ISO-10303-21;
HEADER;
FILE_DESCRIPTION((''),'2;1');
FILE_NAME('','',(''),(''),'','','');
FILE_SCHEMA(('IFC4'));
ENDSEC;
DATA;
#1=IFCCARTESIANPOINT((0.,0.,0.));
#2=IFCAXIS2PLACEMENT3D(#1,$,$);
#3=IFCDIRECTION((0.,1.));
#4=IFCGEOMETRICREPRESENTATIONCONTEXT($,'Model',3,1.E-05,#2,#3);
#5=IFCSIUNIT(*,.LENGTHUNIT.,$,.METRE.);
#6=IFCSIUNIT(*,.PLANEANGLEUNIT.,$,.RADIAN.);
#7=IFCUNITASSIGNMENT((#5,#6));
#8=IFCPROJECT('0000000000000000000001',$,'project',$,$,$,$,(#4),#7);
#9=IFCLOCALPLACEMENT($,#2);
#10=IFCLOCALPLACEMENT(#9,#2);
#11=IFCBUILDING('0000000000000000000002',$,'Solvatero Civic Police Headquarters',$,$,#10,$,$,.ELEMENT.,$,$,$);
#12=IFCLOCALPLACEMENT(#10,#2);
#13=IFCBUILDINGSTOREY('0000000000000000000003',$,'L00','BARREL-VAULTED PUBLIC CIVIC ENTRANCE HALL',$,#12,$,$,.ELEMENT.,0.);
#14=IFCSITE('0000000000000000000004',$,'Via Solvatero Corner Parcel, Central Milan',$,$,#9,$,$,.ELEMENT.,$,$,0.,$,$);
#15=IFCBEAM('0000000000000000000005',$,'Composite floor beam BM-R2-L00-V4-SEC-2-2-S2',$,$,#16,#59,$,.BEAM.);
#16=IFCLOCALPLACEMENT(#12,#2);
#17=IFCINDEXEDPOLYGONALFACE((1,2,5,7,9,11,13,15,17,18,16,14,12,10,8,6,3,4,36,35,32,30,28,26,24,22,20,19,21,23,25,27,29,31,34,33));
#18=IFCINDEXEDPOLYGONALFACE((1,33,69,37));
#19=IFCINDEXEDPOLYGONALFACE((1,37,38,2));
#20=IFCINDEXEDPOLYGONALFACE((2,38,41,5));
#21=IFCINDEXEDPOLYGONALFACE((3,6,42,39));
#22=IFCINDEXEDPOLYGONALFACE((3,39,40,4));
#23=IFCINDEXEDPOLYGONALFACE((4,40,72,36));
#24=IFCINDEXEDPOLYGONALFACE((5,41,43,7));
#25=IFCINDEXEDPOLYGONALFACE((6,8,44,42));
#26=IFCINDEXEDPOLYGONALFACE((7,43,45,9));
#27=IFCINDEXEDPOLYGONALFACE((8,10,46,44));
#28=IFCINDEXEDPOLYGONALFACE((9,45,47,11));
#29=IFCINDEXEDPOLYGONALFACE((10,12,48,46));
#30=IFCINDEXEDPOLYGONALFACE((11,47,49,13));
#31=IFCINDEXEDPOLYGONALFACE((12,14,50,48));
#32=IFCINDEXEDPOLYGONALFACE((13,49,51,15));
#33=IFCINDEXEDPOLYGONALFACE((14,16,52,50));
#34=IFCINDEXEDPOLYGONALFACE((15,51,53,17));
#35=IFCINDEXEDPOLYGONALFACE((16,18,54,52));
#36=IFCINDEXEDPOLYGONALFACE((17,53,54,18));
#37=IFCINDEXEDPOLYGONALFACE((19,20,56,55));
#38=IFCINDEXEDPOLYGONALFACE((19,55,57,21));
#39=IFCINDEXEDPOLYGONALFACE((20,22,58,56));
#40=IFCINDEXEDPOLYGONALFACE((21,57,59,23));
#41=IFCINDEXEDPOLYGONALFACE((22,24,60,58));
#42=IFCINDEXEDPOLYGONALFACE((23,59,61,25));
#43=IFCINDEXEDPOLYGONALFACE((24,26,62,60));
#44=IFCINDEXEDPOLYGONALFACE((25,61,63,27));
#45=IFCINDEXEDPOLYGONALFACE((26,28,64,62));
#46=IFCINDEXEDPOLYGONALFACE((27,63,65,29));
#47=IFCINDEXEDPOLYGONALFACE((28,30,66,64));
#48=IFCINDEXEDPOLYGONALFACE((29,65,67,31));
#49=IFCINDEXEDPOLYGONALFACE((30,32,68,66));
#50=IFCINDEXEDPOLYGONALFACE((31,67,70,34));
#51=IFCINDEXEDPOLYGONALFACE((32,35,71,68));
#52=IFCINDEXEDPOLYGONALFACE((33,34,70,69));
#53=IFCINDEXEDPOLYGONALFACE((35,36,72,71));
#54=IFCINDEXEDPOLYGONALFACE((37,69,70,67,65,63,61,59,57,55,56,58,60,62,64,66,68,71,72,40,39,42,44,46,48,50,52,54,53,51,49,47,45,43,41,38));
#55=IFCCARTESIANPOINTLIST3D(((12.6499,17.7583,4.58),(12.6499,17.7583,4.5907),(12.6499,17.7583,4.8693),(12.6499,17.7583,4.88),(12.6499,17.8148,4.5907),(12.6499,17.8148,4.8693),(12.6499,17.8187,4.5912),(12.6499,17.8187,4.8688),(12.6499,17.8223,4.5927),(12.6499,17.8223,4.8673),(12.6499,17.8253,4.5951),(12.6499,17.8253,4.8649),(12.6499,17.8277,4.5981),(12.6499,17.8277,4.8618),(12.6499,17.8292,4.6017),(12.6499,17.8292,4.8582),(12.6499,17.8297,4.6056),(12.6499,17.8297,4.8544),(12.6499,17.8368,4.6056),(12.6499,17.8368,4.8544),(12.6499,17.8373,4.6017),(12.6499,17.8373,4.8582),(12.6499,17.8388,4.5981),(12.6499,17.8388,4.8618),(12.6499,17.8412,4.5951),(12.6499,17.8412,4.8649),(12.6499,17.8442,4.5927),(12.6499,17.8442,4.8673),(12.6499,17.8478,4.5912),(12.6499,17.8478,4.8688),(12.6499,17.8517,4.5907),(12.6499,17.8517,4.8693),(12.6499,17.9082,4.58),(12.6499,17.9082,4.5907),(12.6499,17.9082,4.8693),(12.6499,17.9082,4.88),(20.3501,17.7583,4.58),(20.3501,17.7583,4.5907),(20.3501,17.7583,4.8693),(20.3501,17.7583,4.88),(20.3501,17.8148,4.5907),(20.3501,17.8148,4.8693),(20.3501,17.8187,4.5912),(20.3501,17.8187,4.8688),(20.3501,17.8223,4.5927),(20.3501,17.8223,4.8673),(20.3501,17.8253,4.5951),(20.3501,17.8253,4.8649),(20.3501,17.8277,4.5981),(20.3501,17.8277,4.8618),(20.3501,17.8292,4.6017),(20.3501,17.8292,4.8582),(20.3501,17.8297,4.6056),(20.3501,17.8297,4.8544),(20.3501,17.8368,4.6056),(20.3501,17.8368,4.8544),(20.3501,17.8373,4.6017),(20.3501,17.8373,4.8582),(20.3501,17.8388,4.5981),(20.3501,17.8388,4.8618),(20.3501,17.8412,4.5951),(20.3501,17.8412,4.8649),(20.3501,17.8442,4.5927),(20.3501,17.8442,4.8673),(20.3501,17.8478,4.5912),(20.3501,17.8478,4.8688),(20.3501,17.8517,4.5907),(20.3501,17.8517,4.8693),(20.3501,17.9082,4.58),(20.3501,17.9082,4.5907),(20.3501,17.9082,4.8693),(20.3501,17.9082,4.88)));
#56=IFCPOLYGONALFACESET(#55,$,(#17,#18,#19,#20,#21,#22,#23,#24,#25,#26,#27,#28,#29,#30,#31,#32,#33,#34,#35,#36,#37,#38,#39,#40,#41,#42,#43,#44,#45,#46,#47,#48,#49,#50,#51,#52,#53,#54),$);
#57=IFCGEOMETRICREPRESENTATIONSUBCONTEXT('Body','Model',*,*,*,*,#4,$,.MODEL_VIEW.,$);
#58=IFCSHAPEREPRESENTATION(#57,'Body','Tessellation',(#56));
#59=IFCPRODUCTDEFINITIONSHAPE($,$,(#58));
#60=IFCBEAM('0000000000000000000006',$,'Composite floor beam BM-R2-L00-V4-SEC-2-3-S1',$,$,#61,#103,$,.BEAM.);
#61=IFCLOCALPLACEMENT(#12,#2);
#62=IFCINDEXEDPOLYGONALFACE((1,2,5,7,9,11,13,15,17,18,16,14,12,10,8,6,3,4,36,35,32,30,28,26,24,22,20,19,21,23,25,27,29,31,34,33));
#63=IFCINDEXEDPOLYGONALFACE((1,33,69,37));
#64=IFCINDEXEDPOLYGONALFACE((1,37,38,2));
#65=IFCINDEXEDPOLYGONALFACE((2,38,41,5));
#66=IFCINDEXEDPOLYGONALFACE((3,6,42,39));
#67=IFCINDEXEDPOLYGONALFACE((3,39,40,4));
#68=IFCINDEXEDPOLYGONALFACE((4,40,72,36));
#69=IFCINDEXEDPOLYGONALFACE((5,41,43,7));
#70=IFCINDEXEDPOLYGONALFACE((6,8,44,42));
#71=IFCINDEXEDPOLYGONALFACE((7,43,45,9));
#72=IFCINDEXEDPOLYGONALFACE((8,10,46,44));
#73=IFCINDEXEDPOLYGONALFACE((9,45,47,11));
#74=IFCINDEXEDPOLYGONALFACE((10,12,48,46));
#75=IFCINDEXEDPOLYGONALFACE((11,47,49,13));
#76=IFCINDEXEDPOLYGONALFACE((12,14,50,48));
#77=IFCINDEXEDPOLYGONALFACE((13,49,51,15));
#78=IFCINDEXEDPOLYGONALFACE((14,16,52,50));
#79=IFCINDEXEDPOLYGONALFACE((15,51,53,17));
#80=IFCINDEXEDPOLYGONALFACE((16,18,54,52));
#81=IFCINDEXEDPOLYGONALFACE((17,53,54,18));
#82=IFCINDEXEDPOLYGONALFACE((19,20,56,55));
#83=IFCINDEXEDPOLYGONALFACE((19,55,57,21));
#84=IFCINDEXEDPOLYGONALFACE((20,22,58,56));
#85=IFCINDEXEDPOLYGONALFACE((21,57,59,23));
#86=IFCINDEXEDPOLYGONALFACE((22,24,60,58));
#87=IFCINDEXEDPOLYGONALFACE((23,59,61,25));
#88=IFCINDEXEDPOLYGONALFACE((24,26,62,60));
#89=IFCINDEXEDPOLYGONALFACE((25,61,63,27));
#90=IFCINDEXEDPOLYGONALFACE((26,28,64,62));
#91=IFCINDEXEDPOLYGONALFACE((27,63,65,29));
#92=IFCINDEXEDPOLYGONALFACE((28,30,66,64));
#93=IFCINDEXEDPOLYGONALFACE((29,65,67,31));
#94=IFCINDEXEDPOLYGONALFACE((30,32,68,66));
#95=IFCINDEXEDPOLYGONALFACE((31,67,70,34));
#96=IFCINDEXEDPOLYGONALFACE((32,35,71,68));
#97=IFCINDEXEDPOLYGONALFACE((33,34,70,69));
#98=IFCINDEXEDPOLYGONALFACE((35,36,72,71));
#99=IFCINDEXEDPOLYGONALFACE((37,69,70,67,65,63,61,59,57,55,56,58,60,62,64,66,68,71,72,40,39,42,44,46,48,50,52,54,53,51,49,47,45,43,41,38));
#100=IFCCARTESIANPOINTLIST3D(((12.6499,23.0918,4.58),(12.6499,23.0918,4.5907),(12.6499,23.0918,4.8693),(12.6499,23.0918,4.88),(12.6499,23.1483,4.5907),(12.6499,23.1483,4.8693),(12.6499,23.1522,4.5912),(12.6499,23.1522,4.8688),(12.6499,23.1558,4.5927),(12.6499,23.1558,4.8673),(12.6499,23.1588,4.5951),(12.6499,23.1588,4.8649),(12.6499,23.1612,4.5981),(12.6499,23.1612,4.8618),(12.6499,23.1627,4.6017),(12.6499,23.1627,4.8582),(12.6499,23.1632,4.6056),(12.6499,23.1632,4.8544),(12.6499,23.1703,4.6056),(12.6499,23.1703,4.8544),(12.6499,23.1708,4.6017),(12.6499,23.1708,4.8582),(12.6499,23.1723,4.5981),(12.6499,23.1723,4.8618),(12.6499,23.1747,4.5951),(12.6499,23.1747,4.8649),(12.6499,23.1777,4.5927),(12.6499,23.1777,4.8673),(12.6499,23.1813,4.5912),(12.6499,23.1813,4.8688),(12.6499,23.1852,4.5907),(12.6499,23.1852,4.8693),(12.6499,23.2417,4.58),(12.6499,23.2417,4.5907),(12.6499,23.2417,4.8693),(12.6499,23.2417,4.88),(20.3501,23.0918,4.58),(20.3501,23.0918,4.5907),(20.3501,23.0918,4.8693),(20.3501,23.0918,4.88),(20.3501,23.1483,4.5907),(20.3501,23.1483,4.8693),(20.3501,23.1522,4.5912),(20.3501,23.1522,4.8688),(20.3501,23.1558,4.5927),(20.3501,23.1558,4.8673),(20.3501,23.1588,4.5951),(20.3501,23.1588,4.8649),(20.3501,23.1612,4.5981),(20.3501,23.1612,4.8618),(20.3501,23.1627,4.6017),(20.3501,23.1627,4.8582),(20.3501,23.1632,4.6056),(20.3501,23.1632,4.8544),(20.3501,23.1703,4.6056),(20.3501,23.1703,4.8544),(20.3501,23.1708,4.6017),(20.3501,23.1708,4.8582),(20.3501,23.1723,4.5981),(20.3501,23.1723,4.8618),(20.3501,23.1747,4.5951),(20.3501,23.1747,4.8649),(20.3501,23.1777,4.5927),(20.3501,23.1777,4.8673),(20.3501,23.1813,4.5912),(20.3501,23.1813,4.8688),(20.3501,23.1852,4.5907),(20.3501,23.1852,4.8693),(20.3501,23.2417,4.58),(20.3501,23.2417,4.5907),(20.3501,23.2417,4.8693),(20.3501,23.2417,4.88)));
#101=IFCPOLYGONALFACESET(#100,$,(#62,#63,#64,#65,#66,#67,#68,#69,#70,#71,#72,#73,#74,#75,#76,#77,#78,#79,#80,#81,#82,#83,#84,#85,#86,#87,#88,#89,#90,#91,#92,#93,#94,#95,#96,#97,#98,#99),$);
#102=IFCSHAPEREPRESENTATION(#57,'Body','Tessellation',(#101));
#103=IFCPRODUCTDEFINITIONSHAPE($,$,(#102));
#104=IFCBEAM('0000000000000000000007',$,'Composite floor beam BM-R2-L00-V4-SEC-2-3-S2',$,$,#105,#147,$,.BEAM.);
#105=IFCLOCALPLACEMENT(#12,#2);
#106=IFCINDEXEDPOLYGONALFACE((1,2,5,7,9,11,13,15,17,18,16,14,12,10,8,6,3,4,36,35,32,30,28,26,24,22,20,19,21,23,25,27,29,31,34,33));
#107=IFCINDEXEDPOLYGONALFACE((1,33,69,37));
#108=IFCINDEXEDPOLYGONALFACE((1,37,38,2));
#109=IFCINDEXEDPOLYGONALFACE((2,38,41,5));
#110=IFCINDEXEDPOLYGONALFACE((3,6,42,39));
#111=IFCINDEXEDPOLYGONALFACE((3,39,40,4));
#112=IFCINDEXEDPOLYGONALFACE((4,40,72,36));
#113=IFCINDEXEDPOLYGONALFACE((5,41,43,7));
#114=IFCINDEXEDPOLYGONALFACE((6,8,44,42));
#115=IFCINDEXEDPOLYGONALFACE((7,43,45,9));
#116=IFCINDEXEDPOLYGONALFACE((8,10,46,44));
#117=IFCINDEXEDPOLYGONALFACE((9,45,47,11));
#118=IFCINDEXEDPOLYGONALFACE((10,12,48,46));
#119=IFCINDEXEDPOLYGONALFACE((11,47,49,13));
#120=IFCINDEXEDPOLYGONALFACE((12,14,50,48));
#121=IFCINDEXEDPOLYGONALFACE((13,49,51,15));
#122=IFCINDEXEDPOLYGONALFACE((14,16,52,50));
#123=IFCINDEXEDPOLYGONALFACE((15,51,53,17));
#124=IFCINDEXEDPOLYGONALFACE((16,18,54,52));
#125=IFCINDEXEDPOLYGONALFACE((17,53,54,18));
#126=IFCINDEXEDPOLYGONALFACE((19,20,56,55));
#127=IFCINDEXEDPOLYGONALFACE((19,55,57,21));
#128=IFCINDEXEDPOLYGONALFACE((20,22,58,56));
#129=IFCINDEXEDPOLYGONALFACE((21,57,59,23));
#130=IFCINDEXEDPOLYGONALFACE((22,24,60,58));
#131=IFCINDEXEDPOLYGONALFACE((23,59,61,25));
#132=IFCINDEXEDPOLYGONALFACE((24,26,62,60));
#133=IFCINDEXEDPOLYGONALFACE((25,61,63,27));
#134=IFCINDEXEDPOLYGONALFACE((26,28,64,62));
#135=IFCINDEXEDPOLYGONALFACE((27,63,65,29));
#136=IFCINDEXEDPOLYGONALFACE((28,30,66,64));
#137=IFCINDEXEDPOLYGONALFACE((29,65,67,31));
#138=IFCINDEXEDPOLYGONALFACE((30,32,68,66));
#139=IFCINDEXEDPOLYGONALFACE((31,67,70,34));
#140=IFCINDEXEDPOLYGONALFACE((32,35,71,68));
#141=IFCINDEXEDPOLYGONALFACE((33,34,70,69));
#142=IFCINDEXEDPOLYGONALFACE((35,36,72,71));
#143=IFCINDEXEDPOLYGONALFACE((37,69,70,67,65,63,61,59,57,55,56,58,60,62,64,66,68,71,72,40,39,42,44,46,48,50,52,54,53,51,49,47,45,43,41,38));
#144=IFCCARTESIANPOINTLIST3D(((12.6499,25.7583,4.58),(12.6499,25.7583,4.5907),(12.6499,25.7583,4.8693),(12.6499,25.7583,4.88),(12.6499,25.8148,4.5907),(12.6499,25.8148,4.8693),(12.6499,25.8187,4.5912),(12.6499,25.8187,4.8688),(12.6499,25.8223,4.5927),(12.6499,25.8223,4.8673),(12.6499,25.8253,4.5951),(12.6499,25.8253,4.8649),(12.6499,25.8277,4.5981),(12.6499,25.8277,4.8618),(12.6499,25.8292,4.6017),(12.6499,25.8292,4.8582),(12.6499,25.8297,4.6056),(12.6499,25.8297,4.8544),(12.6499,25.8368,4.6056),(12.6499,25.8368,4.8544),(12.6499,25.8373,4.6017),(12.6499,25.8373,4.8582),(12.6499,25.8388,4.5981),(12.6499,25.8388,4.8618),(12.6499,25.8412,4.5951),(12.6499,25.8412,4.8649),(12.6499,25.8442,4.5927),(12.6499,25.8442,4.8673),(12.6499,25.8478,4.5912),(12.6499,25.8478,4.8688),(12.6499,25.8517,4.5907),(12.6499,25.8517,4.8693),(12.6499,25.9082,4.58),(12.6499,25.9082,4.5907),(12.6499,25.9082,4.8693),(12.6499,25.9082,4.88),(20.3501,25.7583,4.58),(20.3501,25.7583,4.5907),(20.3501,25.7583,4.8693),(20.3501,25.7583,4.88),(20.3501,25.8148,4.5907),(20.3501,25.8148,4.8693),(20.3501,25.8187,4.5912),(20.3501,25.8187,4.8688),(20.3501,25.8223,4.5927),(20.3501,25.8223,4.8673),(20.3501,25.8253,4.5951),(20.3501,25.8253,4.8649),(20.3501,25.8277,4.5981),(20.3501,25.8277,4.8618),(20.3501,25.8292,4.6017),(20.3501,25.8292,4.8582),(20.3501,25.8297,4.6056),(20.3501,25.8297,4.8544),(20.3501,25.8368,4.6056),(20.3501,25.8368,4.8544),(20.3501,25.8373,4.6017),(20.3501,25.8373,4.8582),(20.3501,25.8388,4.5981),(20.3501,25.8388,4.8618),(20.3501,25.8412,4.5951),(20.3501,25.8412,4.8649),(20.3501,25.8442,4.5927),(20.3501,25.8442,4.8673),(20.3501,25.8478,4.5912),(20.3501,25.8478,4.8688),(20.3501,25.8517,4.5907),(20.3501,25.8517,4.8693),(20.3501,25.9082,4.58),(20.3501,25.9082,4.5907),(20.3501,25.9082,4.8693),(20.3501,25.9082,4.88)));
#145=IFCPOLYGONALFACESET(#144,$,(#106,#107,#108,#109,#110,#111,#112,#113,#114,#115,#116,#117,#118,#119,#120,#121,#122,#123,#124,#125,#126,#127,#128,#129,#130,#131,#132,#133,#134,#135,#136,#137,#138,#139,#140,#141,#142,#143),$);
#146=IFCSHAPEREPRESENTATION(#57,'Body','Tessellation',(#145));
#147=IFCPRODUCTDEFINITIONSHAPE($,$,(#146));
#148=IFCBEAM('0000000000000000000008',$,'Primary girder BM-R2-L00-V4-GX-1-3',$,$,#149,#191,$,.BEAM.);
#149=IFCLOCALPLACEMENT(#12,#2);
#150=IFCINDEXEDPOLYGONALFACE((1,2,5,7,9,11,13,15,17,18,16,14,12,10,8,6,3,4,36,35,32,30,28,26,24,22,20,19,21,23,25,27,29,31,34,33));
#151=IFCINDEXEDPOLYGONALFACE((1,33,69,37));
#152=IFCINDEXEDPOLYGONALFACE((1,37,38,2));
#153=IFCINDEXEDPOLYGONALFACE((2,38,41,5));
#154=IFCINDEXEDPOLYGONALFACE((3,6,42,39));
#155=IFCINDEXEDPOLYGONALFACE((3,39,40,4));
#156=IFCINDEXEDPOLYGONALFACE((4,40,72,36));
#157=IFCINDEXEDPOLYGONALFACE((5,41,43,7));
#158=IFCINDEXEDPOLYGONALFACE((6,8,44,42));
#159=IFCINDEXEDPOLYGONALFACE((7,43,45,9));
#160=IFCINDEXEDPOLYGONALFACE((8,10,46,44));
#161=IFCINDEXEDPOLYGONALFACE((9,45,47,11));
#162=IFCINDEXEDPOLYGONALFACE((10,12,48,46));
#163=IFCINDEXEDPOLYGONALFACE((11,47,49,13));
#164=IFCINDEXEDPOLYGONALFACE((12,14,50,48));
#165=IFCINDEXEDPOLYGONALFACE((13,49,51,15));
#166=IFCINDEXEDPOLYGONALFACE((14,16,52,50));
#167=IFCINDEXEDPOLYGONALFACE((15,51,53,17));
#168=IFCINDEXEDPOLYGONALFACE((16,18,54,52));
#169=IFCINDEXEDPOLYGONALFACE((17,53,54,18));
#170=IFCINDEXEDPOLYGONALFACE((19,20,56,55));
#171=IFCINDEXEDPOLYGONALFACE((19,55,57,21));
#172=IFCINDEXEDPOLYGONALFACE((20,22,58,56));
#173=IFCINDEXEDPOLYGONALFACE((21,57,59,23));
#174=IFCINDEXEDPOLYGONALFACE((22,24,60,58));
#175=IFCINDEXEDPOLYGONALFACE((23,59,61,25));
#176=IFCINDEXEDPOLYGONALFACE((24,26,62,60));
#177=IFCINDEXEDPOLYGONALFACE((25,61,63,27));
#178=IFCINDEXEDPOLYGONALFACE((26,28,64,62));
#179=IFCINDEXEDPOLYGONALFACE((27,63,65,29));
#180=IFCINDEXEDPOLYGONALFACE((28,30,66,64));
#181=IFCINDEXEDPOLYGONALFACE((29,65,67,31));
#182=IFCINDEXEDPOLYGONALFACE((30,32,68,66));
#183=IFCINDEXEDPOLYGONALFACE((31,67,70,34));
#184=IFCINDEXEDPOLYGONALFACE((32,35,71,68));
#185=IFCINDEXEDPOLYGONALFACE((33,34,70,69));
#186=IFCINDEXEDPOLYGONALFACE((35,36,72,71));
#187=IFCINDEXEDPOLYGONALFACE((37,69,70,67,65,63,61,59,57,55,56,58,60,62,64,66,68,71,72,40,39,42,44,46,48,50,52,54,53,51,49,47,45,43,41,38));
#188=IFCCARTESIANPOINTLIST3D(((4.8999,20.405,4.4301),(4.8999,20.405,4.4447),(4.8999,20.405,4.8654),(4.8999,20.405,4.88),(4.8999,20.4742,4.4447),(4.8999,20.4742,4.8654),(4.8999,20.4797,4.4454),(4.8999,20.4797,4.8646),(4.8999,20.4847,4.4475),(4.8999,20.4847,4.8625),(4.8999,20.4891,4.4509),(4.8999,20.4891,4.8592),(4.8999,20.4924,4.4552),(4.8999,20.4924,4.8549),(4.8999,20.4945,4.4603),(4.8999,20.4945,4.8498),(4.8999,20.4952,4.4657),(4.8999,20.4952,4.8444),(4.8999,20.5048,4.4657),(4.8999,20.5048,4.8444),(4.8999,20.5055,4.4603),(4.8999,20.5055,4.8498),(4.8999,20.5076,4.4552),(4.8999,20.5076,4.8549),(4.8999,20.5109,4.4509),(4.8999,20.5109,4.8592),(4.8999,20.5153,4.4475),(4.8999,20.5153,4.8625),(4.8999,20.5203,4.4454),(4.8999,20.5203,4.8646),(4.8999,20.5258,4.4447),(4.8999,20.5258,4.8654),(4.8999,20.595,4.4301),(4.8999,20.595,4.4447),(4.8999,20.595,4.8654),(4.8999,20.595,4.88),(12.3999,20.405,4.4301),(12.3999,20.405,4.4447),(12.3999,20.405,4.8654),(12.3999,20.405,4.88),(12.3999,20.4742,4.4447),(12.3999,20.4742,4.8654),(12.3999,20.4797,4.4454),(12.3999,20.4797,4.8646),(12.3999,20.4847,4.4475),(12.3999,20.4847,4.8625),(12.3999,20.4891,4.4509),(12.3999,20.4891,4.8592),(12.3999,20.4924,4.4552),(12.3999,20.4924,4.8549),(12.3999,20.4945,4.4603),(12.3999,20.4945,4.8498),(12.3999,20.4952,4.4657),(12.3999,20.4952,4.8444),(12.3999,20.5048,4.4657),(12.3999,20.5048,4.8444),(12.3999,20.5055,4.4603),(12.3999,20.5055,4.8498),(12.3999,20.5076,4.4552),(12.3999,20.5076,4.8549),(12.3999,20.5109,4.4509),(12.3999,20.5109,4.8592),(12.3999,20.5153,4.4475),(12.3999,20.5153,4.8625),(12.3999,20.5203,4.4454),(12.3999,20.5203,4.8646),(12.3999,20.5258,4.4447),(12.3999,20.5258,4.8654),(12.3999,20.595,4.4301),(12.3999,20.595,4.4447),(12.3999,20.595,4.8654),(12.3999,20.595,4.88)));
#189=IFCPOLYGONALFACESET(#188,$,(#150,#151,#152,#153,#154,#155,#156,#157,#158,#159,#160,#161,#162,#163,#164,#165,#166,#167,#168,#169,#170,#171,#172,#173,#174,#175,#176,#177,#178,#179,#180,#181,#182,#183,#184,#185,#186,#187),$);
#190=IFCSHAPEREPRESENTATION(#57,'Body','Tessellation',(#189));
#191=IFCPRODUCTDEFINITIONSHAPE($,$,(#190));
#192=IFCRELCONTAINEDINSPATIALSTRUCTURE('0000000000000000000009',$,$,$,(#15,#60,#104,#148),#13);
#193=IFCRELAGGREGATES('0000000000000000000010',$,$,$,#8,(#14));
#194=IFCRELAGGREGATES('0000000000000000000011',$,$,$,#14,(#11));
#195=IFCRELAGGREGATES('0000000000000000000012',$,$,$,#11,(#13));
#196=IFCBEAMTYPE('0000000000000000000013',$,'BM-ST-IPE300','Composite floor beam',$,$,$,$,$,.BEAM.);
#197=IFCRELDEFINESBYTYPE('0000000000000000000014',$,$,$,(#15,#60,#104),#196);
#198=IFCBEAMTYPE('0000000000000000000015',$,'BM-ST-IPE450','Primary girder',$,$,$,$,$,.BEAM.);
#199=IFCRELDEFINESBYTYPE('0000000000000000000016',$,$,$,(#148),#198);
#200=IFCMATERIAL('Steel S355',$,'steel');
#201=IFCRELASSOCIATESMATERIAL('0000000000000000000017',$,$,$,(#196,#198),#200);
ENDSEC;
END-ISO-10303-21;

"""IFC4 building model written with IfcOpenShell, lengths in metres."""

from ifc_helpers import new_model, si_unit, direction, frame, origin, origin_2d, place, context, subcontext, project, spatial, i_section, extrude, material, material_profile, profile_set, type_object, element, save


model = new_model("IFC4")

# Units and contexts
model_context = context("Model", 3, precision=1e-05, world=origin(), true_north=direction((0.0, 1.0)))
body_context = subcontext(model_context, "Body", "Model", "MODEL_VIEW")
ifc_project = project(units=[si_unit("LENGTHUNIT", "METRE"), si_unit("PLANEANGLEUNIT", "RADIAN")], contexts=[model_context])

# Site, building, storey
site_placement = place(None, origin())
site = spatial("IfcSite", under=ifc_project, at=site_placement, Name="Via Solvatero Corner Parcel, Central Milan", CompositionType="ELEMENT", RefElevation=0.0)
building_placement = place(site_placement, origin())
building = spatial("IfcBuilding", under=site, at=building_placement, Name="Solvatero Civic Police Headquarters", CompositionType="ELEMENT")
storey_placement = place(building_placement, origin())
storey = spatial("IfcBuildingStorey", under=building, at=storey_placement, Name="L00", Description="BARREL-VAULTED PUBLIC CIVIC ENTRANCE HALL", CompositionType="ELEMENT", Elevation=0.0)

# Beams
ifc_material_1 = material(Name="Steel S355", Category="steel")
ifc_material_profile_1 = material_profile(ifc_material_1, i_section(OverallWidth=0.1499, OverallDepth=0.3, WebThickness=0.0071, FlangeThickness=0.0107, FilletRadius=0.0149, at=origin_2d()), Name="IPE 300")
ifc_profile_set_1 = profile_set([ifc_material_profile_1], Name="Steel S355")
beam_type_1 = type_object("IfcBeamType", Name="BM-ST-IPE300", Description="Composite floor beam", PredefinedType="BEAM", material=ifc_profile_set_1)
for number, where, z_axis, x_axis, name in (
    (1, (12.6499, 17.8333, 4.73), (1.0, 0.0, 0.0), (0.0, 1.0, 0.0), "Composite floor beam BM-R2-L00-V4-SEC-2-2-S2"),
    (2, (12.6499, 23.1667, 4.73), (1.0, 0.0, 0.0), (0.0, 1.0, 0.0), "Composite floor beam BM-R2-L00-V4-SEC-2-3-S1"),
    (3, (12.6499, 25.8333, 4.73), (1.0, 0.0, 0.0), (0.0, 1.0, 0.0), "Composite floor beam BM-R2-L00-V4-SEC-2-3-S2"),
):
    element("IfcBeam", number, at=place(storey_placement, frame(where, z_axis=z_axis, x_axis=x_axis)), inside=storey, type_object=beam_type_1, Name=name, PredefinedType="BEAM", context=body_context, shape_type="SweptSolid", body=[
        extrude(i_section(OverallWidth=0.1499, OverallDepth=0.3, WebThickness=0.0071, FlangeThickness=0.0107, FilletRadius=0.0149, at=origin_2d()), origin(), (0.0, 0.0, 1.0), 7.7002),
    ])
ifc_material_profile_2 = material_profile(ifc_material_1, i_section(OverallWidth=0.1899, OverallDepth=0.45, WebThickness=0.0095, FlangeThickness=0.0146, FilletRadius=0.021, at=origin_2d()), Name="IPE 450")
ifc_profile_set_2 = profile_set([ifc_material_profile_2], Name="Steel S355")
beam_type_2 = type_object("IfcBeamType", Name="BM-ST-IPE450", Description="Primary girder", PredefinedType="BEAM", material=ifc_profile_set_2)
beam_1_placement = place(storey_placement, frame((4.8999, 20.5, 4.655), z_axis=(1.0, 0.0, 0.0), x_axis=(0.0, 1.0, 0.0)))
element("IfcBeam", 4, at=beam_1_placement, inside=storey, type_object=beam_type_2, Name="Primary girder BM-R2-L00-V4-GX-1-3", PredefinedType="BEAM", context=body_context, shape_type="SweptSolid", body=[
    extrude(i_section(OverallWidth=0.1899, OverallDepth=0.45, WebThickness=0.0095, FlangeThickness=0.0146, FilletRadius=0.021, at=origin_2d()), origin(), (0.0, 0.0, 1.0), 7.5),
])

save(model, "model.ifc")
